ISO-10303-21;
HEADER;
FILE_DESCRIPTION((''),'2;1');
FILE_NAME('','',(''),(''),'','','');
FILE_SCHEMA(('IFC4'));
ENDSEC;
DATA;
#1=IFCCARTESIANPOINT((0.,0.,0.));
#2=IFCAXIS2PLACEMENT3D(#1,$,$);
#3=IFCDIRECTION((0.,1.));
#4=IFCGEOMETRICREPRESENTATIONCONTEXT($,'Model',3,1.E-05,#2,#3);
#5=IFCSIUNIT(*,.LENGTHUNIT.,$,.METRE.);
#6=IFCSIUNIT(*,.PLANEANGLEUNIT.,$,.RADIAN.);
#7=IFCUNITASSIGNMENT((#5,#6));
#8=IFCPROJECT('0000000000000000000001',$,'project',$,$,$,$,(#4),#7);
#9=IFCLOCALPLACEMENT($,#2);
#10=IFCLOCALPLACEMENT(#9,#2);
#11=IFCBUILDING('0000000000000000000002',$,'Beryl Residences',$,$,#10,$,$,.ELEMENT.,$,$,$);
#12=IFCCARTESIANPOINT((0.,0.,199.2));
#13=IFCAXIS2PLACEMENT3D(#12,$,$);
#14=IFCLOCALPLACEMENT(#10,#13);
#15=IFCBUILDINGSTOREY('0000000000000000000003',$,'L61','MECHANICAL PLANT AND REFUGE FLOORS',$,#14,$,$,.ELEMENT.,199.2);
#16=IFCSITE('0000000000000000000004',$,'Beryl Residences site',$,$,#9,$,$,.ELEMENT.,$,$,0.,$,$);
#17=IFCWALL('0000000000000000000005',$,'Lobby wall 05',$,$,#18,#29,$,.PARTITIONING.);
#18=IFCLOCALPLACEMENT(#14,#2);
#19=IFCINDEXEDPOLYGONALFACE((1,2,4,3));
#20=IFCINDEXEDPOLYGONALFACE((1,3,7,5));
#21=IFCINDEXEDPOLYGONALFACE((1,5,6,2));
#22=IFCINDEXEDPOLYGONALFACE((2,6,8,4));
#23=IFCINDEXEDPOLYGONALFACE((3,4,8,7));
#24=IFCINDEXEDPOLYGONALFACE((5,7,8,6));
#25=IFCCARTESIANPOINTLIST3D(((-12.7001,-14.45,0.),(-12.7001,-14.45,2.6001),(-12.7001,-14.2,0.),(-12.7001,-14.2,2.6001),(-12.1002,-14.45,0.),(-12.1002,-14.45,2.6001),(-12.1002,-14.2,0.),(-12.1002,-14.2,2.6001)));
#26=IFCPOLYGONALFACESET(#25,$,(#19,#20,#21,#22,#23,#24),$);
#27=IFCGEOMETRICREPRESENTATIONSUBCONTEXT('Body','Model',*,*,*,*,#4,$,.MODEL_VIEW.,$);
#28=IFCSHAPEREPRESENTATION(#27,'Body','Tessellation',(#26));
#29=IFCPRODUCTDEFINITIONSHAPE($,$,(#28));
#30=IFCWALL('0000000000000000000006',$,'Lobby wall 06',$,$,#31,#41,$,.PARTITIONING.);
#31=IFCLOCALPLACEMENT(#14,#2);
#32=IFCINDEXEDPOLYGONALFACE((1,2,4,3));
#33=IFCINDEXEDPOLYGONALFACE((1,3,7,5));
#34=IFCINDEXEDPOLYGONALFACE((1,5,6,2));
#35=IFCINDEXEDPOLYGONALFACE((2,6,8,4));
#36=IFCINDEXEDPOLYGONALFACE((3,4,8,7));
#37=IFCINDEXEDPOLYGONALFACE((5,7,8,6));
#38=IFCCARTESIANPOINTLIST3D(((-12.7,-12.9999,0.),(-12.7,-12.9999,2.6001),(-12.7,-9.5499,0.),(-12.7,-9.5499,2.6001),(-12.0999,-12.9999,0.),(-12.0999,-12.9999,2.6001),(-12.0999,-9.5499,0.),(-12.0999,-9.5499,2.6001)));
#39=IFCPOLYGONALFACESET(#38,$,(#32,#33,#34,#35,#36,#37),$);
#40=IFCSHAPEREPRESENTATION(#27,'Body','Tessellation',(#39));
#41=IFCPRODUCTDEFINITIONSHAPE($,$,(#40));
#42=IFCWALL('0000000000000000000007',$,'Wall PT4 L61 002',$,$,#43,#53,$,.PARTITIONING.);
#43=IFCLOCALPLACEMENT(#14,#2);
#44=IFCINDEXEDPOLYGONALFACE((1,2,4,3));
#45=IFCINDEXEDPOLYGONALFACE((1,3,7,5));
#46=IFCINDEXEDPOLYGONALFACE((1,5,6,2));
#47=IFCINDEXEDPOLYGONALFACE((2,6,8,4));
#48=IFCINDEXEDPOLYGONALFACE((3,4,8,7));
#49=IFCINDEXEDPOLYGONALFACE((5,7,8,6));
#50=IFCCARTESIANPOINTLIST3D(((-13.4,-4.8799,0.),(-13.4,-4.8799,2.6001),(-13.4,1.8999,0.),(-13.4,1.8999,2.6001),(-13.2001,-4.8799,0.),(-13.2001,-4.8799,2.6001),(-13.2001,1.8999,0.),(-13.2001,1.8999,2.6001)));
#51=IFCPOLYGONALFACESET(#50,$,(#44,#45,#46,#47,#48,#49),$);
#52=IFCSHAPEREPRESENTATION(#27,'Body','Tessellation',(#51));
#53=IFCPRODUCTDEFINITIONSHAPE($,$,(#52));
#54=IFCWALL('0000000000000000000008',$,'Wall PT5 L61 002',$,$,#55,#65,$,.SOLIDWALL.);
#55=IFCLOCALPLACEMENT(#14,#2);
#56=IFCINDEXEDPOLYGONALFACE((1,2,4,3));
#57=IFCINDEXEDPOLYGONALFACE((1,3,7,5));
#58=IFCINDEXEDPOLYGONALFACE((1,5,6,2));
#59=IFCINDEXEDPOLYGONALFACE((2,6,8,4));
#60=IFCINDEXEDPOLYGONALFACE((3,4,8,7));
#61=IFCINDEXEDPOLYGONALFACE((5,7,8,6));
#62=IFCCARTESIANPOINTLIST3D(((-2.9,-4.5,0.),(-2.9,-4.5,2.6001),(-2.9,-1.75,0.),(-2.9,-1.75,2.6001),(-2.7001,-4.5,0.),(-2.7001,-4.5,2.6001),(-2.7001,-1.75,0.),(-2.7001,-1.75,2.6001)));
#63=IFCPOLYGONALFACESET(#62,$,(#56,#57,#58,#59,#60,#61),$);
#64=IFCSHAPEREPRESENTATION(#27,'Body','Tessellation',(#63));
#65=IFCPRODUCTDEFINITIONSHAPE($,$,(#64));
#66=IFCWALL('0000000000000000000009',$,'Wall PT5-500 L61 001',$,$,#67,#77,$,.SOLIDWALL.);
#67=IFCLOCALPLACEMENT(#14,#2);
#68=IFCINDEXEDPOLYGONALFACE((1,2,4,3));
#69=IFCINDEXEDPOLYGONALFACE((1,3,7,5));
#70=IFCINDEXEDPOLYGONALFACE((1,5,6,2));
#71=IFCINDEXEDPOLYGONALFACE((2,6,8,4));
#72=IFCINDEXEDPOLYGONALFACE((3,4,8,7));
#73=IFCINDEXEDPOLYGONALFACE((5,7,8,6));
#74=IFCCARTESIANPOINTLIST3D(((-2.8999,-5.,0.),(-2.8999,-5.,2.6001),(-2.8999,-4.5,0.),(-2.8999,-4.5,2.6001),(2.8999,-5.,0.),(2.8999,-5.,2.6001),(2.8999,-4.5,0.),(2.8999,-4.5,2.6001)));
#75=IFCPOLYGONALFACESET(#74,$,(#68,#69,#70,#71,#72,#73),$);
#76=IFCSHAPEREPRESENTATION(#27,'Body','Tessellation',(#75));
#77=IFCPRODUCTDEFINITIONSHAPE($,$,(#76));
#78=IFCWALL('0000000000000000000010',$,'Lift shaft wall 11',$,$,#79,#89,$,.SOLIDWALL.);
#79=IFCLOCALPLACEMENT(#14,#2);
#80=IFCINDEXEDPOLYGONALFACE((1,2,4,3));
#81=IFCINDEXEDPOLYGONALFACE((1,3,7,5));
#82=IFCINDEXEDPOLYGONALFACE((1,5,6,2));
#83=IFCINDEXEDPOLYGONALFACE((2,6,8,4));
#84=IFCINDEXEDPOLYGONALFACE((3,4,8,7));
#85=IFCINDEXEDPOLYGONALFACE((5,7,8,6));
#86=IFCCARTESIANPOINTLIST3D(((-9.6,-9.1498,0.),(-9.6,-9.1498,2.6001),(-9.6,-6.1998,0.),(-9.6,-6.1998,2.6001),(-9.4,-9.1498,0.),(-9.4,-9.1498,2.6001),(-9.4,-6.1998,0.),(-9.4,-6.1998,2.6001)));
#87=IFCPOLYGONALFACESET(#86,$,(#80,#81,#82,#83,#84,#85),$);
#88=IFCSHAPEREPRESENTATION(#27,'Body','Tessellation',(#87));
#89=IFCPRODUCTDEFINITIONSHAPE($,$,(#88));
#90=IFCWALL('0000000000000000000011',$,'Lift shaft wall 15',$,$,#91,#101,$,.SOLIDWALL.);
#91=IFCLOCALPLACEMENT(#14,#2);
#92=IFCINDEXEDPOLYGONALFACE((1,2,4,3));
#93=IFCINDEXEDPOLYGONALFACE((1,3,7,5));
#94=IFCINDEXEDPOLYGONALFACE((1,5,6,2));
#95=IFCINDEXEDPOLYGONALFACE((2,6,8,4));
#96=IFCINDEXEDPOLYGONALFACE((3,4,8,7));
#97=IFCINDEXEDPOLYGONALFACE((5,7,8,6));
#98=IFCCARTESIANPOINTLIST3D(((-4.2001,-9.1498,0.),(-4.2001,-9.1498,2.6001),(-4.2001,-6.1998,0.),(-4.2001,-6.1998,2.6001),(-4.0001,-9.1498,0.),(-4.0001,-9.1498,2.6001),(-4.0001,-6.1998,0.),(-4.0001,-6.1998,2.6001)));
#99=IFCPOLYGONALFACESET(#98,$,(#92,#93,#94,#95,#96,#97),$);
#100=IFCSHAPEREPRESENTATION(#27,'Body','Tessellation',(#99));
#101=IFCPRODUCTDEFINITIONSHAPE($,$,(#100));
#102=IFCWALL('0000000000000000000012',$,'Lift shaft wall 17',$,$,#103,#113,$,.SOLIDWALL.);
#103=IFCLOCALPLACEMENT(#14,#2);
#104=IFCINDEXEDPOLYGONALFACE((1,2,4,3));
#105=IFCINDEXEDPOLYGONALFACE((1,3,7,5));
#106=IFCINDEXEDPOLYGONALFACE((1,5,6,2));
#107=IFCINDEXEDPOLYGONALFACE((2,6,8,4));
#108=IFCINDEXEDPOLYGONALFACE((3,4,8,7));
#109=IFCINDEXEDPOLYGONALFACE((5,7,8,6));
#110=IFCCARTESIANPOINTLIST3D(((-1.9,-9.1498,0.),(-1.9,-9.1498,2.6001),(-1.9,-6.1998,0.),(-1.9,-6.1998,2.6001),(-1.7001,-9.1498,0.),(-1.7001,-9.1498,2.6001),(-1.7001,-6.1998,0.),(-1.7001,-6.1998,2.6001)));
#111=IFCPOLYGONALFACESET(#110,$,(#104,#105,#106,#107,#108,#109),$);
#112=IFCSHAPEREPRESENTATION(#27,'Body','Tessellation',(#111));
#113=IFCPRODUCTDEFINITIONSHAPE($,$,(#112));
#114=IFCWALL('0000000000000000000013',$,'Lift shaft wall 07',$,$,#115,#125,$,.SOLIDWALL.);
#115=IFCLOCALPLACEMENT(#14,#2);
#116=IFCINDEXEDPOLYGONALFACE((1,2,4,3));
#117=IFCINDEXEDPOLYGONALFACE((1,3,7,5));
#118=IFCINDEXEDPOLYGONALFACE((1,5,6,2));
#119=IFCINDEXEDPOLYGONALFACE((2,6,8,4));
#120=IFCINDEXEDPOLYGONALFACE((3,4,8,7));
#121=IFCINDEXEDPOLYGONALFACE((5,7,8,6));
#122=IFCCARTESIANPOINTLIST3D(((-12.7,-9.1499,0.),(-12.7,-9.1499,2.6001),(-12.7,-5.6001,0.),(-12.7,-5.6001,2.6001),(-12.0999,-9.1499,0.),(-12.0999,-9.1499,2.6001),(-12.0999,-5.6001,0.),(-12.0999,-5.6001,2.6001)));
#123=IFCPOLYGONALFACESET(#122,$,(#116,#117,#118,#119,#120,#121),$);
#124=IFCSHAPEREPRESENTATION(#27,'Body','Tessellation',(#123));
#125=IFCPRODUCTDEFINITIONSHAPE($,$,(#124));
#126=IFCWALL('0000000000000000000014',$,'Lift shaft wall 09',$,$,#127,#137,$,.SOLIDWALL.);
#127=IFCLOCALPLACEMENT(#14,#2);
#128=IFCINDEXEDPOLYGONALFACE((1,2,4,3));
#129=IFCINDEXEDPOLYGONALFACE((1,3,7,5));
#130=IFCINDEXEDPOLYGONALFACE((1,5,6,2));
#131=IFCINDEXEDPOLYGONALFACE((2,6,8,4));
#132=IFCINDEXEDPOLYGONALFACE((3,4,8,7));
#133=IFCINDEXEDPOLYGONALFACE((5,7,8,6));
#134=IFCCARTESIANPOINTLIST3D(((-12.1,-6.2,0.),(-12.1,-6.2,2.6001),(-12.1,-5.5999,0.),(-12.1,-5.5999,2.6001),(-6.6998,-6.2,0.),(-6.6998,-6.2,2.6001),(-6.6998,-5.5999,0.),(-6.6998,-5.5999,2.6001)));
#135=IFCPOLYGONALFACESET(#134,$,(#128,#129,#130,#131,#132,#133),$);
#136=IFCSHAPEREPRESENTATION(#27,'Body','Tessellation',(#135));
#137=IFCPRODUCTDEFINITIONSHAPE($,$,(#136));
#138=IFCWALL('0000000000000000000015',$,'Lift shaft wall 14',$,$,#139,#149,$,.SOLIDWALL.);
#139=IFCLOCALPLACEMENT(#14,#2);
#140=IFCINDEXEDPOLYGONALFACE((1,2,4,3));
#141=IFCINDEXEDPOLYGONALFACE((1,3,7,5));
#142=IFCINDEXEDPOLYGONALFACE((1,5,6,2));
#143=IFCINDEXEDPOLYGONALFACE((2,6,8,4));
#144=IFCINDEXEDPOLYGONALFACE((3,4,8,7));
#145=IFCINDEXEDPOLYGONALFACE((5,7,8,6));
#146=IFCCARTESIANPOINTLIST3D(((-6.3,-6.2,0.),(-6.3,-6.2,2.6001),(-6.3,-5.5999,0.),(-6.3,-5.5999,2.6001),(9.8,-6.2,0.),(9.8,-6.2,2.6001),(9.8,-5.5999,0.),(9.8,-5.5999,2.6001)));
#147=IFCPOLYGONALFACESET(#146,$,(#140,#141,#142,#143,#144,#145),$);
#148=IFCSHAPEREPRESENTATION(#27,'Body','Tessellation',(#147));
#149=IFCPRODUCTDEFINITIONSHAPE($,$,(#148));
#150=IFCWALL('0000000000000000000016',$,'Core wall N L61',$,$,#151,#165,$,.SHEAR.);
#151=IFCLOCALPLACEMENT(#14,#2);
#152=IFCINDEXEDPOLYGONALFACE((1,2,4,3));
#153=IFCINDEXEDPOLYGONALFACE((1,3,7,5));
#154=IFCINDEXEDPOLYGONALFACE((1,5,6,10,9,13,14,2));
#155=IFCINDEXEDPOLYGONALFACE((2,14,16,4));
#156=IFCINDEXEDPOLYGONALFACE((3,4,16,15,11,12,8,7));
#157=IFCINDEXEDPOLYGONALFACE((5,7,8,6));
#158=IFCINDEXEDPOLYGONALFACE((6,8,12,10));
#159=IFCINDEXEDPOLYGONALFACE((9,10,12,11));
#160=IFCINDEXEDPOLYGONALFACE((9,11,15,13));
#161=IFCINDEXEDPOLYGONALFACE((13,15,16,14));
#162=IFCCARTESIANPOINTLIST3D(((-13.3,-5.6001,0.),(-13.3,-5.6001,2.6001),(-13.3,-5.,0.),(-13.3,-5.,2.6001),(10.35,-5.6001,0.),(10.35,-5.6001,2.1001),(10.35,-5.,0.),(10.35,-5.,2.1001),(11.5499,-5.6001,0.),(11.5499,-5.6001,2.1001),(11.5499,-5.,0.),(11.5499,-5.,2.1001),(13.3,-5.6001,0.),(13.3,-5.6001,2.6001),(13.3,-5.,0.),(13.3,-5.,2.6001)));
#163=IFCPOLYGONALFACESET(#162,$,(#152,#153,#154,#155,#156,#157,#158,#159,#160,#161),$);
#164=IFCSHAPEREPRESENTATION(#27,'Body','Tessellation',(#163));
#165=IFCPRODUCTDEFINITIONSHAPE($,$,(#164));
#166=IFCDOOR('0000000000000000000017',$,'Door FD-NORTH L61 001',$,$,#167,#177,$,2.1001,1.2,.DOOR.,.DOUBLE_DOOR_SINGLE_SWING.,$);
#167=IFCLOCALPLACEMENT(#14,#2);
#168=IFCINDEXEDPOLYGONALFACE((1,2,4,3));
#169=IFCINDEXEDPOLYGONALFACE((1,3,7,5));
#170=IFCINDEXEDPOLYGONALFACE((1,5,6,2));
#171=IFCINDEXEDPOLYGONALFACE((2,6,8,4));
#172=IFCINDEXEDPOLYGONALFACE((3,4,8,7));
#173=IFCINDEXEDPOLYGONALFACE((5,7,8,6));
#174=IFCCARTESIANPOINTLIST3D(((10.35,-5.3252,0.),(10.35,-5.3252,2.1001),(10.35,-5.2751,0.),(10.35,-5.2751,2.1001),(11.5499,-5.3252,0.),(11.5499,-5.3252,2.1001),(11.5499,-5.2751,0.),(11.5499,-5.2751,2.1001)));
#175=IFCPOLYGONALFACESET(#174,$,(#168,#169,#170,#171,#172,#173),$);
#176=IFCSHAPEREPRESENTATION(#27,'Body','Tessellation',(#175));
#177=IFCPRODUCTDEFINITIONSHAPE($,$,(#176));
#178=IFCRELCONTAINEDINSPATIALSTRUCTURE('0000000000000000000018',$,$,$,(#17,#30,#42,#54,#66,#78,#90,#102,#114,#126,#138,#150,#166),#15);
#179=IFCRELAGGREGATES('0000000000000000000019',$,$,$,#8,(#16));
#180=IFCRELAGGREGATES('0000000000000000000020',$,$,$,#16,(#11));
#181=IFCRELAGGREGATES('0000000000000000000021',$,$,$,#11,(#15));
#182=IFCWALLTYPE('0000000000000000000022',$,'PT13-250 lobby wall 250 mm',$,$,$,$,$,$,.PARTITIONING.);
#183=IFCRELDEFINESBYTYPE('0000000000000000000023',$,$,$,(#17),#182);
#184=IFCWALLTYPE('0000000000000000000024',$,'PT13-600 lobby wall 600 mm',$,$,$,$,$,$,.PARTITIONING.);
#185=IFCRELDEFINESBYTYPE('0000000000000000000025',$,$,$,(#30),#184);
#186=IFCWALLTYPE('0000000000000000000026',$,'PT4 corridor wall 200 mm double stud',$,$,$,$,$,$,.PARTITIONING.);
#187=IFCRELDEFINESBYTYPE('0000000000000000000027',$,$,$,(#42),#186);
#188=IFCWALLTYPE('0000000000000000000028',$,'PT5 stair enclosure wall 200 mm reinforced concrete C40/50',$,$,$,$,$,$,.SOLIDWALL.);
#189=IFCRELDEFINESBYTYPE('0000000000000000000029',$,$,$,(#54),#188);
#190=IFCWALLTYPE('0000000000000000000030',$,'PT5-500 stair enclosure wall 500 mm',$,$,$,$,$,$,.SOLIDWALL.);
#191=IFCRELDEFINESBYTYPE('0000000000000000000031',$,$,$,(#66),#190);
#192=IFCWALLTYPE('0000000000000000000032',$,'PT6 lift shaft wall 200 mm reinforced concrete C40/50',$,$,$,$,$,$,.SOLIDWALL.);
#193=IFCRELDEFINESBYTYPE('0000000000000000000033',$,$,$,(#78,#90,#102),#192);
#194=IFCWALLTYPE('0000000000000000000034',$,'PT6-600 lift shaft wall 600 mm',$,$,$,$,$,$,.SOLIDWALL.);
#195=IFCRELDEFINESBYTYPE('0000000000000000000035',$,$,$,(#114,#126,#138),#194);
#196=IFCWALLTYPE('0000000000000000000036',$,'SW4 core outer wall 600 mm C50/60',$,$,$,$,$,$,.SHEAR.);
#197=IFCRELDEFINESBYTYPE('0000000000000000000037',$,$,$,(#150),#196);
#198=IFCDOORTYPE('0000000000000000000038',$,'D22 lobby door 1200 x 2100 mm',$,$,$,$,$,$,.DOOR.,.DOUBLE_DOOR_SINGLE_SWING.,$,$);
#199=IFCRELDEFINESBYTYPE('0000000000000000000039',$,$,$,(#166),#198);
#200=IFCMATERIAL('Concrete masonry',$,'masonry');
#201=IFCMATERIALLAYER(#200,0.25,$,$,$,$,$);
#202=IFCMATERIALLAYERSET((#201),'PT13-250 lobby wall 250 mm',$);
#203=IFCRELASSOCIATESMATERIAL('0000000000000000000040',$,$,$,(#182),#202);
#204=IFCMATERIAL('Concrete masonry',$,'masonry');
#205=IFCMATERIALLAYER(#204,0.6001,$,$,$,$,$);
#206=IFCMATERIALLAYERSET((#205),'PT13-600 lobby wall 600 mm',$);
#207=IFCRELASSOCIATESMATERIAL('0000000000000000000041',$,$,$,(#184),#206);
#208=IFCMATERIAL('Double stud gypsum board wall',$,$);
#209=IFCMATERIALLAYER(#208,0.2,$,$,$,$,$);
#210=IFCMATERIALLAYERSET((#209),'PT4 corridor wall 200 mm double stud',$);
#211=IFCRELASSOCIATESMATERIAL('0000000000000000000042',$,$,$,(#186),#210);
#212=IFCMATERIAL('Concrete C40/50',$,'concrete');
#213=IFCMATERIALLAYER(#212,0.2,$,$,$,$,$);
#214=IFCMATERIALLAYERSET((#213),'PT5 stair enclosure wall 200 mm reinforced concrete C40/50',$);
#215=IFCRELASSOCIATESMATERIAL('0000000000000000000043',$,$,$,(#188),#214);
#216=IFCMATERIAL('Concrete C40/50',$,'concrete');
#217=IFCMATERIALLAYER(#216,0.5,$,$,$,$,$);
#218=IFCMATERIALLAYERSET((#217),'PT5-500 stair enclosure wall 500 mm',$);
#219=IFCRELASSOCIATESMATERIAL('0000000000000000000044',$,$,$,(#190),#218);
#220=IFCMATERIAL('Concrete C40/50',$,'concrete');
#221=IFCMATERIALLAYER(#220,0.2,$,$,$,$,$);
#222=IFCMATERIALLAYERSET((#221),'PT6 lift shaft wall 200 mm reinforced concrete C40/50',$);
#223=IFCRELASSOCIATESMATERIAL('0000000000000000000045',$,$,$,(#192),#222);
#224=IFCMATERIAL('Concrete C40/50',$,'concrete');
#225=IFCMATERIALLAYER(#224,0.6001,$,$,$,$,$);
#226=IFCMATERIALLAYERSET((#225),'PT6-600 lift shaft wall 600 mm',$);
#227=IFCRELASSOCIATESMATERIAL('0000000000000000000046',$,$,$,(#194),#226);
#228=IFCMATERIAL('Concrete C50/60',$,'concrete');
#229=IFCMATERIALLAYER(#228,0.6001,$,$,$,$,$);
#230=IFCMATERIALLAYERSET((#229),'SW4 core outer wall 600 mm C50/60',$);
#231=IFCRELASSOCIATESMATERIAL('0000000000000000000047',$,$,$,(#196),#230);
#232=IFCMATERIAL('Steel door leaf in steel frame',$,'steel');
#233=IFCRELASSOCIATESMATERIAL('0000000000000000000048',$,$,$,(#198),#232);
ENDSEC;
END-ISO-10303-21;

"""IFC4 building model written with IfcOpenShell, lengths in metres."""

from ifc_helpers import new_model, si_unit, direction, frame, frame_2d, origin, place, context, subcontext, project, spatial, rectangle, extrude, material, layer, layer_set, type_object, element, fill, save


model = new_model("IFC4")

# Units and contexts
model_context = context("Model", 3, precision=1e-05, world=origin(), true_north=direction((0.0, 1.0)))
body_context = subcontext(model_context, "Body", "Model", "MODEL_VIEW")
ifc_project = project(units=[si_unit("LENGTHUNIT", "METRE"), si_unit("PLANEANGLEUNIT", "RADIAN")], contexts=[model_context])

# Site, building, storey
site_placement = place(None, origin())
site = spatial("IfcSite", under=ifc_project, at=site_placement, Name="Beryl Residences site", CompositionType="ELEMENT", RefElevation=0.0)
building_placement = place(site_placement, origin())
building = spatial("IfcBuilding", under=site, at=building_placement, Name="Beryl Residences", CompositionType="ELEMENT")
storey_placement = place(building_placement, frame((0.0, 0.0, 199.2)))
storey = spatial("IfcBuildingStorey", under=building, at=storey_placement, Name="L61", Description="MECHANICAL PLANT AND REFUGE FLOORS", CompositionType="ELEMENT", Elevation=199.2)

# Walls
ifc_material_1 = material(Name="Concrete masonry", Category="masonry")
ifc_layer_1 = layer(ifc_material_1, 0.25)
ifc_layer_set_1 = layer_set([ifc_layer_1], Name="PT13-250 lobby wall 250 mm")
wall_type_1 = type_object("IfcWallType", Name="PT13-250 lobby wall 250 mm", PredefinedType="PARTITIONING", material=ifc_layer_set_1)
wall_1_placement = place(storey_placement, frame((-12.7, -14.325, 0.0), z_axis=(0.0, 0.0, 1.0), x_axis=(1.0, 0.0, 0.0)))
element("IfcWall", 1, at=wall_1_placement, inside=storey, type_object=wall_type_1, Name="Lobby wall 05", PredefinedType="PARTITIONING", context=body_context, shape_type="SweptSolid", body=[
    extrude(rectangle(XDim=0.5999, YDim=0.25, at=frame_2d((0.2998, 0.0))), origin(), (0.0, 0.0, 1.0), 2.6001),
])
ifc_material_2 = material(Name="Concrete masonry", Category="masonry")
ifc_layer_2 = layer(ifc_material_2, 0.6001)
ifc_layer_set_2 = layer_set([ifc_layer_2], Name="PT13-600 lobby wall 600 mm")
wall_type_2 = type_object("IfcWallType", Name="PT13-600 lobby wall 600 mm", PredefinedType="PARTITIONING", material=ifc_layer_set_2)
wall_2_placement = place(storey_placement, frame((-12.3999, -13.0, 0.0), z_axis=(0.0, 0.0, 1.0), x_axis=(0.0, 1.0, 0.0)))
element("IfcWall", 2, at=wall_2_placement, inside=storey, type_object=wall_type_2, Name="Lobby wall 06", PredefinedType="PARTITIONING", context=body_context, shape_type="SweptSolid", body=[
    extrude(rectangle(XDim=3.45, YDim=0.6001, at=frame_2d((1.7251, 0.0))), origin(), (0.0, 0.0, 1.0), 2.6001),
])
ifc_material_3 = material(Name="Double stud gypsum board wall")
ifc_layer_3 = layer(ifc_material_3, 0.2)
ifc_layer_set_3 = layer_set([ifc_layer_3], Name="PT4 corridor wall 200 mm double stud")
wall_type_3 = type_object("IfcWallType", Name="PT4 corridor wall 200 mm double stud", PredefinedType="PARTITIONING", material=ifc_layer_set_3)
wall_3_placement = place(storey_placement, frame((-13.3, -4.8799, 0.0), z_axis=(0.0, 0.0, 1.0), x_axis=(0.0, 1.0, 0.0)))
element("IfcWall", 3, at=wall_3_placement, inside=storey, type_object=wall_type_3, Name="Wall PT4 L61 002", PredefinedType="PARTITIONING", context=body_context, shape_type="SweptSolid", body=[
    extrude(rectangle(XDim=6.7798, YDim=0.2, at=frame_2d((3.3899, 0.0))), origin(), (0.0, 0.0, 1.0), 2.6001),
])
ifc_material_4 = material(Name="Concrete C40/50", Category="concrete")
ifc_layer_4 = layer(ifc_material_4, 0.2)
ifc_layer_set_4 = layer_set([ifc_layer_4], Name="PT5 stair enclosure wall 200 mm reinforced concrete C40/50")
wall_type_4 = type_object("IfcWallType", Name="PT5 stair enclosure wall 200 mm reinforced concrete C40/50", PredefinedType="SOLIDWALL", material=ifc_layer_set_4)
wall_4_placement = place(storey_placement, frame((-2.8, -4.5, 0.0), z_axis=(0.0, 0.0, 1.0), x_axis=(0.0, 1.0, 0.0)))
element("IfcWall", 4, at=wall_4_placement, inside=storey, type_object=wall_type_4, Name="Wall PT5 L61 002", PredefinedType="SOLIDWALL", context=body_context, shape_type="SweptSolid", body=[
    extrude(rectangle(XDim=2.75, YDim=0.2, at=frame_2d((1.375, 0.0))), origin(), (0.0, 0.0, 1.0), 2.6001),
])
ifc_material_5 = material(Name="Concrete C40/50", Category="concrete")
ifc_layer_5 = layer(ifc_material_5, 0.5)
ifc_layer_set_5 = layer_set([ifc_layer_5], Name="PT5-500 stair enclosure wall 500 mm")
wall_type_5 = type_object("IfcWallType", Name="PT5-500 stair enclosure wall 500 mm", PredefinedType="SOLIDWALL", material=ifc_layer_set_5)
wall_5_placement = place(storey_placement, frame((-2.8999, -4.75, 0.0), z_axis=(0.0, 0.0, 1.0), x_axis=(1.0, 0.0, 0.0)))
element("IfcWall", 5, at=wall_5_placement, inside=storey, type_object=wall_type_5, Name="Wall PT5-500 L61 001", PredefinedType="SOLIDWALL", context=body_context, shape_type="SweptSolid", body=[
    extrude(rectangle(XDim=5.7998, YDim=0.5, at=frame_2d((2.8999, 0.0))), origin(), (0.0, 0.0, 1.0), 2.6001),
])
ifc_material_6 = material(Name="Concrete C40/50", Category="concrete")
ifc_layer_6 = layer(ifc_material_6, 0.2)
ifc_layer_set_6 = layer_set([ifc_layer_6], Name="PT6 lift shaft wall 200 mm reinforced concrete C40/50")
wall_type_6 = type_object("IfcWallType", Name="PT6 lift shaft wall 200 mm reinforced concrete C40/50", PredefinedType="SOLIDWALL", material=ifc_layer_set_6)
for number, where, z_axis, x_axis, name in (
    (6, (-9.5, -9.1499, 0.0), (0.0, 0.0, 1.0), (0.0, 1.0, 0.0), "Lift shaft wall 11"),
    (7, (-4.1001, -9.1499, 0.0), (0.0, 0.0, 1.0), (0.0, 1.0, 0.0), "Lift shaft wall 15"),
    (8, (-1.8, -9.1499, 0.0), (0.0, 0.0, 1.0), (0.0, 1.0, 0.0), "Lift shaft wall 17"),
):
    element("IfcWall", number, at=place(storey_placement, frame(where, z_axis=z_axis, x_axis=x_axis)), inside=storey, type_object=wall_type_6, Name=name, PredefinedType="SOLIDWALL", context=body_context, shape_type="SweptSolid", body=[
        extrude(rectangle(XDim=2.95, YDim=0.2, at=frame_2d((1.4751, 0.0))), origin(), (0.0, 0.0, 1.0), 2.6001),
    ])
ifc_material_7 = material(Name="Concrete C40/50", Category="concrete")
ifc_layer_7 = layer(ifc_material_7, 0.6001)
ifc_layer_set_7 = layer_set([ifc_layer_7], Name="PT6-600 lift shaft wall 600 mm")
wall_type_7 = type_object("IfcWallType", Name="PT6-600 lift shaft wall 600 mm", PredefinedType="SOLIDWALL", material=ifc_layer_set_7)
wall_6_placement = place(storey_placement, frame((-12.3999, -9.1499, 0.0), z_axis=(0.0, 0.0, 1.0), x_axis=(0.0, 1.0, 0.0)))
element("IfcWall", 9, at=wall_6_placement, inside=storey, type_object=wall_type_7, Name="Lift shaft wall 07", PredefinedType="SOLIDWALL", context=body_context, shape_type="SweptSolid", body=[
    extrude(rectangle(XDim=3.5498, YDim=0.6001, at=frame_2d((1.7749, 0.0))), origin(), (0.0, 0.0, 1.0), 2.6001),
])
wall_7_placement = place(storey_placement, frame((-12.1001, -5.8999, 0.0), z_axis=(0.0, 0.0, 1.0), x_axis=(1.0, 0.0, 0.0)))
element("IfcWall", 10, at=wall_7_placement, inside=storey, type_object=wall_type_7, Name="Lift shaft wall 09", PredefinedType="SOLIDWALL", context=body_context, shape_type="SweptSolid", body=[
    extrude(rectangle(XDim=5.4001, YDim=0.6001, at=frame_2d((2.7002, 0.0))), origin(), (0.0, 0.0, 1.0), 2.6001),
])
wall_8_placement = place(storey_placement, frame((-6.3, -5.8999, 0.0), z_axis=(0.0, 0.0, 1.0), x_axis=(1.0, 0.0, 0.0)))
element("IfcWall", 11, at=wall_8_placement, inside=storey, type_object=wall_type_7, Name="Lift shaft wall 14", PredefinedType="SOLIDWALL", context=body_context, shape_type="SweptSolid", body=[
    extrude(rectangle(XDim=16.1001, YDim=0.6001, at=frame_2d((8.05, 0.0))), origin(), (0.0, 0.0, 1.0), 2.6001),
])

# Wall, opening, door
ifc_material_8 = material(Name="Concrete C50/60", Category="concrete")
ifc_layer_8 = layer(ifc_material_8, 0.6001)
ifc_layer_set_8 = layer_set([ifc_layer_8], Name="SW4 core outer wall 600 mm C50/60")
wall_type_8 = type_object("IfcWallType", Name="SW4 core outer wall 600 mm C50/60", PredefinedType="SHEAR", material=ifc_layer_set_8)
wall_9_placement = place(storey_placement, frame((-13.3, -5.3, 0.0), z_axis=(0.0, 0.0, 1.0), x_axis=(1.0, 0.0, 0.0)))
wall_9 = element("IfcWall", 12, at=wall_9_placement, inside=storey, type_object=wall_type_8, Name="Core wall N L61", PredefinedType="SHEAR", context=body_context, shape_type="SweptSolid", body=[
    extrude(rectangle(XDim=26.6001, YDim=0.6001, at=frame_2d((13.3, 0.0))), origin(), (0.0, 0.0, 1.0), 2.6001),
])
opening_1_placement = place(wall_9_placement, frame((23.6499, 0.0, 0.0)))
opening_1 = element("IfcOpeningElement", 13, at=opening_1_placement, cuts=wall_9, PredefinedType="OPENING", context=body_context, shape_type="SweptSolid", body=[
    extrude(rectangle(XDim=1.2, YDim=2.1001, at=frame_2d((0.6001, 1.05))), frame((0.0, 0.3101, 0.0), z_axis=(0.0, -1.0, 0.0), x_axis=(1.0, 0.0, 0.0)), (0.0, 0.0, 1.0), 0.6201),
])
ifc_material_9 = material(Name="Steel door leaf in steel frame", Category="steel")
door_type_1 = type_object("IfcDoorType", Name="D22 lobby door 1200 x 2100 mm", OperationType="DOUBLE_DOOR_SINGLE_SWING", PredefinedType="DOOR", material=ifc_material_9)
door_1_placement = place(opening_1_placement, origin())
door_1 = element("IfcDoor", 14, at=door_1_placement, inside=storey, type_object=door_type_1, Name="Door FD-NORTH L61 001", OperationType="DOUBLE_DOOR_SINGLE_SWING", OverallHeight=2.1001, OverallWidth=1.2, PredefinedType="DOOR", context=body_context, shape_type="SweptSolid", body=[
    extrude(rectangle(XDim=1.2, YDim=2.1001, at=frame_2d((0.6001, 1.05))), frame((0.0, 0.0249, 0.0), z_axis=(0.0, -1.0, 0.0), x_axis=(1.0, 0.0, 0.0)), (0.0, 0.0, 1.0), 0.05),
])
fill(opening_1, door_1)

save(model, "model.ifc")
